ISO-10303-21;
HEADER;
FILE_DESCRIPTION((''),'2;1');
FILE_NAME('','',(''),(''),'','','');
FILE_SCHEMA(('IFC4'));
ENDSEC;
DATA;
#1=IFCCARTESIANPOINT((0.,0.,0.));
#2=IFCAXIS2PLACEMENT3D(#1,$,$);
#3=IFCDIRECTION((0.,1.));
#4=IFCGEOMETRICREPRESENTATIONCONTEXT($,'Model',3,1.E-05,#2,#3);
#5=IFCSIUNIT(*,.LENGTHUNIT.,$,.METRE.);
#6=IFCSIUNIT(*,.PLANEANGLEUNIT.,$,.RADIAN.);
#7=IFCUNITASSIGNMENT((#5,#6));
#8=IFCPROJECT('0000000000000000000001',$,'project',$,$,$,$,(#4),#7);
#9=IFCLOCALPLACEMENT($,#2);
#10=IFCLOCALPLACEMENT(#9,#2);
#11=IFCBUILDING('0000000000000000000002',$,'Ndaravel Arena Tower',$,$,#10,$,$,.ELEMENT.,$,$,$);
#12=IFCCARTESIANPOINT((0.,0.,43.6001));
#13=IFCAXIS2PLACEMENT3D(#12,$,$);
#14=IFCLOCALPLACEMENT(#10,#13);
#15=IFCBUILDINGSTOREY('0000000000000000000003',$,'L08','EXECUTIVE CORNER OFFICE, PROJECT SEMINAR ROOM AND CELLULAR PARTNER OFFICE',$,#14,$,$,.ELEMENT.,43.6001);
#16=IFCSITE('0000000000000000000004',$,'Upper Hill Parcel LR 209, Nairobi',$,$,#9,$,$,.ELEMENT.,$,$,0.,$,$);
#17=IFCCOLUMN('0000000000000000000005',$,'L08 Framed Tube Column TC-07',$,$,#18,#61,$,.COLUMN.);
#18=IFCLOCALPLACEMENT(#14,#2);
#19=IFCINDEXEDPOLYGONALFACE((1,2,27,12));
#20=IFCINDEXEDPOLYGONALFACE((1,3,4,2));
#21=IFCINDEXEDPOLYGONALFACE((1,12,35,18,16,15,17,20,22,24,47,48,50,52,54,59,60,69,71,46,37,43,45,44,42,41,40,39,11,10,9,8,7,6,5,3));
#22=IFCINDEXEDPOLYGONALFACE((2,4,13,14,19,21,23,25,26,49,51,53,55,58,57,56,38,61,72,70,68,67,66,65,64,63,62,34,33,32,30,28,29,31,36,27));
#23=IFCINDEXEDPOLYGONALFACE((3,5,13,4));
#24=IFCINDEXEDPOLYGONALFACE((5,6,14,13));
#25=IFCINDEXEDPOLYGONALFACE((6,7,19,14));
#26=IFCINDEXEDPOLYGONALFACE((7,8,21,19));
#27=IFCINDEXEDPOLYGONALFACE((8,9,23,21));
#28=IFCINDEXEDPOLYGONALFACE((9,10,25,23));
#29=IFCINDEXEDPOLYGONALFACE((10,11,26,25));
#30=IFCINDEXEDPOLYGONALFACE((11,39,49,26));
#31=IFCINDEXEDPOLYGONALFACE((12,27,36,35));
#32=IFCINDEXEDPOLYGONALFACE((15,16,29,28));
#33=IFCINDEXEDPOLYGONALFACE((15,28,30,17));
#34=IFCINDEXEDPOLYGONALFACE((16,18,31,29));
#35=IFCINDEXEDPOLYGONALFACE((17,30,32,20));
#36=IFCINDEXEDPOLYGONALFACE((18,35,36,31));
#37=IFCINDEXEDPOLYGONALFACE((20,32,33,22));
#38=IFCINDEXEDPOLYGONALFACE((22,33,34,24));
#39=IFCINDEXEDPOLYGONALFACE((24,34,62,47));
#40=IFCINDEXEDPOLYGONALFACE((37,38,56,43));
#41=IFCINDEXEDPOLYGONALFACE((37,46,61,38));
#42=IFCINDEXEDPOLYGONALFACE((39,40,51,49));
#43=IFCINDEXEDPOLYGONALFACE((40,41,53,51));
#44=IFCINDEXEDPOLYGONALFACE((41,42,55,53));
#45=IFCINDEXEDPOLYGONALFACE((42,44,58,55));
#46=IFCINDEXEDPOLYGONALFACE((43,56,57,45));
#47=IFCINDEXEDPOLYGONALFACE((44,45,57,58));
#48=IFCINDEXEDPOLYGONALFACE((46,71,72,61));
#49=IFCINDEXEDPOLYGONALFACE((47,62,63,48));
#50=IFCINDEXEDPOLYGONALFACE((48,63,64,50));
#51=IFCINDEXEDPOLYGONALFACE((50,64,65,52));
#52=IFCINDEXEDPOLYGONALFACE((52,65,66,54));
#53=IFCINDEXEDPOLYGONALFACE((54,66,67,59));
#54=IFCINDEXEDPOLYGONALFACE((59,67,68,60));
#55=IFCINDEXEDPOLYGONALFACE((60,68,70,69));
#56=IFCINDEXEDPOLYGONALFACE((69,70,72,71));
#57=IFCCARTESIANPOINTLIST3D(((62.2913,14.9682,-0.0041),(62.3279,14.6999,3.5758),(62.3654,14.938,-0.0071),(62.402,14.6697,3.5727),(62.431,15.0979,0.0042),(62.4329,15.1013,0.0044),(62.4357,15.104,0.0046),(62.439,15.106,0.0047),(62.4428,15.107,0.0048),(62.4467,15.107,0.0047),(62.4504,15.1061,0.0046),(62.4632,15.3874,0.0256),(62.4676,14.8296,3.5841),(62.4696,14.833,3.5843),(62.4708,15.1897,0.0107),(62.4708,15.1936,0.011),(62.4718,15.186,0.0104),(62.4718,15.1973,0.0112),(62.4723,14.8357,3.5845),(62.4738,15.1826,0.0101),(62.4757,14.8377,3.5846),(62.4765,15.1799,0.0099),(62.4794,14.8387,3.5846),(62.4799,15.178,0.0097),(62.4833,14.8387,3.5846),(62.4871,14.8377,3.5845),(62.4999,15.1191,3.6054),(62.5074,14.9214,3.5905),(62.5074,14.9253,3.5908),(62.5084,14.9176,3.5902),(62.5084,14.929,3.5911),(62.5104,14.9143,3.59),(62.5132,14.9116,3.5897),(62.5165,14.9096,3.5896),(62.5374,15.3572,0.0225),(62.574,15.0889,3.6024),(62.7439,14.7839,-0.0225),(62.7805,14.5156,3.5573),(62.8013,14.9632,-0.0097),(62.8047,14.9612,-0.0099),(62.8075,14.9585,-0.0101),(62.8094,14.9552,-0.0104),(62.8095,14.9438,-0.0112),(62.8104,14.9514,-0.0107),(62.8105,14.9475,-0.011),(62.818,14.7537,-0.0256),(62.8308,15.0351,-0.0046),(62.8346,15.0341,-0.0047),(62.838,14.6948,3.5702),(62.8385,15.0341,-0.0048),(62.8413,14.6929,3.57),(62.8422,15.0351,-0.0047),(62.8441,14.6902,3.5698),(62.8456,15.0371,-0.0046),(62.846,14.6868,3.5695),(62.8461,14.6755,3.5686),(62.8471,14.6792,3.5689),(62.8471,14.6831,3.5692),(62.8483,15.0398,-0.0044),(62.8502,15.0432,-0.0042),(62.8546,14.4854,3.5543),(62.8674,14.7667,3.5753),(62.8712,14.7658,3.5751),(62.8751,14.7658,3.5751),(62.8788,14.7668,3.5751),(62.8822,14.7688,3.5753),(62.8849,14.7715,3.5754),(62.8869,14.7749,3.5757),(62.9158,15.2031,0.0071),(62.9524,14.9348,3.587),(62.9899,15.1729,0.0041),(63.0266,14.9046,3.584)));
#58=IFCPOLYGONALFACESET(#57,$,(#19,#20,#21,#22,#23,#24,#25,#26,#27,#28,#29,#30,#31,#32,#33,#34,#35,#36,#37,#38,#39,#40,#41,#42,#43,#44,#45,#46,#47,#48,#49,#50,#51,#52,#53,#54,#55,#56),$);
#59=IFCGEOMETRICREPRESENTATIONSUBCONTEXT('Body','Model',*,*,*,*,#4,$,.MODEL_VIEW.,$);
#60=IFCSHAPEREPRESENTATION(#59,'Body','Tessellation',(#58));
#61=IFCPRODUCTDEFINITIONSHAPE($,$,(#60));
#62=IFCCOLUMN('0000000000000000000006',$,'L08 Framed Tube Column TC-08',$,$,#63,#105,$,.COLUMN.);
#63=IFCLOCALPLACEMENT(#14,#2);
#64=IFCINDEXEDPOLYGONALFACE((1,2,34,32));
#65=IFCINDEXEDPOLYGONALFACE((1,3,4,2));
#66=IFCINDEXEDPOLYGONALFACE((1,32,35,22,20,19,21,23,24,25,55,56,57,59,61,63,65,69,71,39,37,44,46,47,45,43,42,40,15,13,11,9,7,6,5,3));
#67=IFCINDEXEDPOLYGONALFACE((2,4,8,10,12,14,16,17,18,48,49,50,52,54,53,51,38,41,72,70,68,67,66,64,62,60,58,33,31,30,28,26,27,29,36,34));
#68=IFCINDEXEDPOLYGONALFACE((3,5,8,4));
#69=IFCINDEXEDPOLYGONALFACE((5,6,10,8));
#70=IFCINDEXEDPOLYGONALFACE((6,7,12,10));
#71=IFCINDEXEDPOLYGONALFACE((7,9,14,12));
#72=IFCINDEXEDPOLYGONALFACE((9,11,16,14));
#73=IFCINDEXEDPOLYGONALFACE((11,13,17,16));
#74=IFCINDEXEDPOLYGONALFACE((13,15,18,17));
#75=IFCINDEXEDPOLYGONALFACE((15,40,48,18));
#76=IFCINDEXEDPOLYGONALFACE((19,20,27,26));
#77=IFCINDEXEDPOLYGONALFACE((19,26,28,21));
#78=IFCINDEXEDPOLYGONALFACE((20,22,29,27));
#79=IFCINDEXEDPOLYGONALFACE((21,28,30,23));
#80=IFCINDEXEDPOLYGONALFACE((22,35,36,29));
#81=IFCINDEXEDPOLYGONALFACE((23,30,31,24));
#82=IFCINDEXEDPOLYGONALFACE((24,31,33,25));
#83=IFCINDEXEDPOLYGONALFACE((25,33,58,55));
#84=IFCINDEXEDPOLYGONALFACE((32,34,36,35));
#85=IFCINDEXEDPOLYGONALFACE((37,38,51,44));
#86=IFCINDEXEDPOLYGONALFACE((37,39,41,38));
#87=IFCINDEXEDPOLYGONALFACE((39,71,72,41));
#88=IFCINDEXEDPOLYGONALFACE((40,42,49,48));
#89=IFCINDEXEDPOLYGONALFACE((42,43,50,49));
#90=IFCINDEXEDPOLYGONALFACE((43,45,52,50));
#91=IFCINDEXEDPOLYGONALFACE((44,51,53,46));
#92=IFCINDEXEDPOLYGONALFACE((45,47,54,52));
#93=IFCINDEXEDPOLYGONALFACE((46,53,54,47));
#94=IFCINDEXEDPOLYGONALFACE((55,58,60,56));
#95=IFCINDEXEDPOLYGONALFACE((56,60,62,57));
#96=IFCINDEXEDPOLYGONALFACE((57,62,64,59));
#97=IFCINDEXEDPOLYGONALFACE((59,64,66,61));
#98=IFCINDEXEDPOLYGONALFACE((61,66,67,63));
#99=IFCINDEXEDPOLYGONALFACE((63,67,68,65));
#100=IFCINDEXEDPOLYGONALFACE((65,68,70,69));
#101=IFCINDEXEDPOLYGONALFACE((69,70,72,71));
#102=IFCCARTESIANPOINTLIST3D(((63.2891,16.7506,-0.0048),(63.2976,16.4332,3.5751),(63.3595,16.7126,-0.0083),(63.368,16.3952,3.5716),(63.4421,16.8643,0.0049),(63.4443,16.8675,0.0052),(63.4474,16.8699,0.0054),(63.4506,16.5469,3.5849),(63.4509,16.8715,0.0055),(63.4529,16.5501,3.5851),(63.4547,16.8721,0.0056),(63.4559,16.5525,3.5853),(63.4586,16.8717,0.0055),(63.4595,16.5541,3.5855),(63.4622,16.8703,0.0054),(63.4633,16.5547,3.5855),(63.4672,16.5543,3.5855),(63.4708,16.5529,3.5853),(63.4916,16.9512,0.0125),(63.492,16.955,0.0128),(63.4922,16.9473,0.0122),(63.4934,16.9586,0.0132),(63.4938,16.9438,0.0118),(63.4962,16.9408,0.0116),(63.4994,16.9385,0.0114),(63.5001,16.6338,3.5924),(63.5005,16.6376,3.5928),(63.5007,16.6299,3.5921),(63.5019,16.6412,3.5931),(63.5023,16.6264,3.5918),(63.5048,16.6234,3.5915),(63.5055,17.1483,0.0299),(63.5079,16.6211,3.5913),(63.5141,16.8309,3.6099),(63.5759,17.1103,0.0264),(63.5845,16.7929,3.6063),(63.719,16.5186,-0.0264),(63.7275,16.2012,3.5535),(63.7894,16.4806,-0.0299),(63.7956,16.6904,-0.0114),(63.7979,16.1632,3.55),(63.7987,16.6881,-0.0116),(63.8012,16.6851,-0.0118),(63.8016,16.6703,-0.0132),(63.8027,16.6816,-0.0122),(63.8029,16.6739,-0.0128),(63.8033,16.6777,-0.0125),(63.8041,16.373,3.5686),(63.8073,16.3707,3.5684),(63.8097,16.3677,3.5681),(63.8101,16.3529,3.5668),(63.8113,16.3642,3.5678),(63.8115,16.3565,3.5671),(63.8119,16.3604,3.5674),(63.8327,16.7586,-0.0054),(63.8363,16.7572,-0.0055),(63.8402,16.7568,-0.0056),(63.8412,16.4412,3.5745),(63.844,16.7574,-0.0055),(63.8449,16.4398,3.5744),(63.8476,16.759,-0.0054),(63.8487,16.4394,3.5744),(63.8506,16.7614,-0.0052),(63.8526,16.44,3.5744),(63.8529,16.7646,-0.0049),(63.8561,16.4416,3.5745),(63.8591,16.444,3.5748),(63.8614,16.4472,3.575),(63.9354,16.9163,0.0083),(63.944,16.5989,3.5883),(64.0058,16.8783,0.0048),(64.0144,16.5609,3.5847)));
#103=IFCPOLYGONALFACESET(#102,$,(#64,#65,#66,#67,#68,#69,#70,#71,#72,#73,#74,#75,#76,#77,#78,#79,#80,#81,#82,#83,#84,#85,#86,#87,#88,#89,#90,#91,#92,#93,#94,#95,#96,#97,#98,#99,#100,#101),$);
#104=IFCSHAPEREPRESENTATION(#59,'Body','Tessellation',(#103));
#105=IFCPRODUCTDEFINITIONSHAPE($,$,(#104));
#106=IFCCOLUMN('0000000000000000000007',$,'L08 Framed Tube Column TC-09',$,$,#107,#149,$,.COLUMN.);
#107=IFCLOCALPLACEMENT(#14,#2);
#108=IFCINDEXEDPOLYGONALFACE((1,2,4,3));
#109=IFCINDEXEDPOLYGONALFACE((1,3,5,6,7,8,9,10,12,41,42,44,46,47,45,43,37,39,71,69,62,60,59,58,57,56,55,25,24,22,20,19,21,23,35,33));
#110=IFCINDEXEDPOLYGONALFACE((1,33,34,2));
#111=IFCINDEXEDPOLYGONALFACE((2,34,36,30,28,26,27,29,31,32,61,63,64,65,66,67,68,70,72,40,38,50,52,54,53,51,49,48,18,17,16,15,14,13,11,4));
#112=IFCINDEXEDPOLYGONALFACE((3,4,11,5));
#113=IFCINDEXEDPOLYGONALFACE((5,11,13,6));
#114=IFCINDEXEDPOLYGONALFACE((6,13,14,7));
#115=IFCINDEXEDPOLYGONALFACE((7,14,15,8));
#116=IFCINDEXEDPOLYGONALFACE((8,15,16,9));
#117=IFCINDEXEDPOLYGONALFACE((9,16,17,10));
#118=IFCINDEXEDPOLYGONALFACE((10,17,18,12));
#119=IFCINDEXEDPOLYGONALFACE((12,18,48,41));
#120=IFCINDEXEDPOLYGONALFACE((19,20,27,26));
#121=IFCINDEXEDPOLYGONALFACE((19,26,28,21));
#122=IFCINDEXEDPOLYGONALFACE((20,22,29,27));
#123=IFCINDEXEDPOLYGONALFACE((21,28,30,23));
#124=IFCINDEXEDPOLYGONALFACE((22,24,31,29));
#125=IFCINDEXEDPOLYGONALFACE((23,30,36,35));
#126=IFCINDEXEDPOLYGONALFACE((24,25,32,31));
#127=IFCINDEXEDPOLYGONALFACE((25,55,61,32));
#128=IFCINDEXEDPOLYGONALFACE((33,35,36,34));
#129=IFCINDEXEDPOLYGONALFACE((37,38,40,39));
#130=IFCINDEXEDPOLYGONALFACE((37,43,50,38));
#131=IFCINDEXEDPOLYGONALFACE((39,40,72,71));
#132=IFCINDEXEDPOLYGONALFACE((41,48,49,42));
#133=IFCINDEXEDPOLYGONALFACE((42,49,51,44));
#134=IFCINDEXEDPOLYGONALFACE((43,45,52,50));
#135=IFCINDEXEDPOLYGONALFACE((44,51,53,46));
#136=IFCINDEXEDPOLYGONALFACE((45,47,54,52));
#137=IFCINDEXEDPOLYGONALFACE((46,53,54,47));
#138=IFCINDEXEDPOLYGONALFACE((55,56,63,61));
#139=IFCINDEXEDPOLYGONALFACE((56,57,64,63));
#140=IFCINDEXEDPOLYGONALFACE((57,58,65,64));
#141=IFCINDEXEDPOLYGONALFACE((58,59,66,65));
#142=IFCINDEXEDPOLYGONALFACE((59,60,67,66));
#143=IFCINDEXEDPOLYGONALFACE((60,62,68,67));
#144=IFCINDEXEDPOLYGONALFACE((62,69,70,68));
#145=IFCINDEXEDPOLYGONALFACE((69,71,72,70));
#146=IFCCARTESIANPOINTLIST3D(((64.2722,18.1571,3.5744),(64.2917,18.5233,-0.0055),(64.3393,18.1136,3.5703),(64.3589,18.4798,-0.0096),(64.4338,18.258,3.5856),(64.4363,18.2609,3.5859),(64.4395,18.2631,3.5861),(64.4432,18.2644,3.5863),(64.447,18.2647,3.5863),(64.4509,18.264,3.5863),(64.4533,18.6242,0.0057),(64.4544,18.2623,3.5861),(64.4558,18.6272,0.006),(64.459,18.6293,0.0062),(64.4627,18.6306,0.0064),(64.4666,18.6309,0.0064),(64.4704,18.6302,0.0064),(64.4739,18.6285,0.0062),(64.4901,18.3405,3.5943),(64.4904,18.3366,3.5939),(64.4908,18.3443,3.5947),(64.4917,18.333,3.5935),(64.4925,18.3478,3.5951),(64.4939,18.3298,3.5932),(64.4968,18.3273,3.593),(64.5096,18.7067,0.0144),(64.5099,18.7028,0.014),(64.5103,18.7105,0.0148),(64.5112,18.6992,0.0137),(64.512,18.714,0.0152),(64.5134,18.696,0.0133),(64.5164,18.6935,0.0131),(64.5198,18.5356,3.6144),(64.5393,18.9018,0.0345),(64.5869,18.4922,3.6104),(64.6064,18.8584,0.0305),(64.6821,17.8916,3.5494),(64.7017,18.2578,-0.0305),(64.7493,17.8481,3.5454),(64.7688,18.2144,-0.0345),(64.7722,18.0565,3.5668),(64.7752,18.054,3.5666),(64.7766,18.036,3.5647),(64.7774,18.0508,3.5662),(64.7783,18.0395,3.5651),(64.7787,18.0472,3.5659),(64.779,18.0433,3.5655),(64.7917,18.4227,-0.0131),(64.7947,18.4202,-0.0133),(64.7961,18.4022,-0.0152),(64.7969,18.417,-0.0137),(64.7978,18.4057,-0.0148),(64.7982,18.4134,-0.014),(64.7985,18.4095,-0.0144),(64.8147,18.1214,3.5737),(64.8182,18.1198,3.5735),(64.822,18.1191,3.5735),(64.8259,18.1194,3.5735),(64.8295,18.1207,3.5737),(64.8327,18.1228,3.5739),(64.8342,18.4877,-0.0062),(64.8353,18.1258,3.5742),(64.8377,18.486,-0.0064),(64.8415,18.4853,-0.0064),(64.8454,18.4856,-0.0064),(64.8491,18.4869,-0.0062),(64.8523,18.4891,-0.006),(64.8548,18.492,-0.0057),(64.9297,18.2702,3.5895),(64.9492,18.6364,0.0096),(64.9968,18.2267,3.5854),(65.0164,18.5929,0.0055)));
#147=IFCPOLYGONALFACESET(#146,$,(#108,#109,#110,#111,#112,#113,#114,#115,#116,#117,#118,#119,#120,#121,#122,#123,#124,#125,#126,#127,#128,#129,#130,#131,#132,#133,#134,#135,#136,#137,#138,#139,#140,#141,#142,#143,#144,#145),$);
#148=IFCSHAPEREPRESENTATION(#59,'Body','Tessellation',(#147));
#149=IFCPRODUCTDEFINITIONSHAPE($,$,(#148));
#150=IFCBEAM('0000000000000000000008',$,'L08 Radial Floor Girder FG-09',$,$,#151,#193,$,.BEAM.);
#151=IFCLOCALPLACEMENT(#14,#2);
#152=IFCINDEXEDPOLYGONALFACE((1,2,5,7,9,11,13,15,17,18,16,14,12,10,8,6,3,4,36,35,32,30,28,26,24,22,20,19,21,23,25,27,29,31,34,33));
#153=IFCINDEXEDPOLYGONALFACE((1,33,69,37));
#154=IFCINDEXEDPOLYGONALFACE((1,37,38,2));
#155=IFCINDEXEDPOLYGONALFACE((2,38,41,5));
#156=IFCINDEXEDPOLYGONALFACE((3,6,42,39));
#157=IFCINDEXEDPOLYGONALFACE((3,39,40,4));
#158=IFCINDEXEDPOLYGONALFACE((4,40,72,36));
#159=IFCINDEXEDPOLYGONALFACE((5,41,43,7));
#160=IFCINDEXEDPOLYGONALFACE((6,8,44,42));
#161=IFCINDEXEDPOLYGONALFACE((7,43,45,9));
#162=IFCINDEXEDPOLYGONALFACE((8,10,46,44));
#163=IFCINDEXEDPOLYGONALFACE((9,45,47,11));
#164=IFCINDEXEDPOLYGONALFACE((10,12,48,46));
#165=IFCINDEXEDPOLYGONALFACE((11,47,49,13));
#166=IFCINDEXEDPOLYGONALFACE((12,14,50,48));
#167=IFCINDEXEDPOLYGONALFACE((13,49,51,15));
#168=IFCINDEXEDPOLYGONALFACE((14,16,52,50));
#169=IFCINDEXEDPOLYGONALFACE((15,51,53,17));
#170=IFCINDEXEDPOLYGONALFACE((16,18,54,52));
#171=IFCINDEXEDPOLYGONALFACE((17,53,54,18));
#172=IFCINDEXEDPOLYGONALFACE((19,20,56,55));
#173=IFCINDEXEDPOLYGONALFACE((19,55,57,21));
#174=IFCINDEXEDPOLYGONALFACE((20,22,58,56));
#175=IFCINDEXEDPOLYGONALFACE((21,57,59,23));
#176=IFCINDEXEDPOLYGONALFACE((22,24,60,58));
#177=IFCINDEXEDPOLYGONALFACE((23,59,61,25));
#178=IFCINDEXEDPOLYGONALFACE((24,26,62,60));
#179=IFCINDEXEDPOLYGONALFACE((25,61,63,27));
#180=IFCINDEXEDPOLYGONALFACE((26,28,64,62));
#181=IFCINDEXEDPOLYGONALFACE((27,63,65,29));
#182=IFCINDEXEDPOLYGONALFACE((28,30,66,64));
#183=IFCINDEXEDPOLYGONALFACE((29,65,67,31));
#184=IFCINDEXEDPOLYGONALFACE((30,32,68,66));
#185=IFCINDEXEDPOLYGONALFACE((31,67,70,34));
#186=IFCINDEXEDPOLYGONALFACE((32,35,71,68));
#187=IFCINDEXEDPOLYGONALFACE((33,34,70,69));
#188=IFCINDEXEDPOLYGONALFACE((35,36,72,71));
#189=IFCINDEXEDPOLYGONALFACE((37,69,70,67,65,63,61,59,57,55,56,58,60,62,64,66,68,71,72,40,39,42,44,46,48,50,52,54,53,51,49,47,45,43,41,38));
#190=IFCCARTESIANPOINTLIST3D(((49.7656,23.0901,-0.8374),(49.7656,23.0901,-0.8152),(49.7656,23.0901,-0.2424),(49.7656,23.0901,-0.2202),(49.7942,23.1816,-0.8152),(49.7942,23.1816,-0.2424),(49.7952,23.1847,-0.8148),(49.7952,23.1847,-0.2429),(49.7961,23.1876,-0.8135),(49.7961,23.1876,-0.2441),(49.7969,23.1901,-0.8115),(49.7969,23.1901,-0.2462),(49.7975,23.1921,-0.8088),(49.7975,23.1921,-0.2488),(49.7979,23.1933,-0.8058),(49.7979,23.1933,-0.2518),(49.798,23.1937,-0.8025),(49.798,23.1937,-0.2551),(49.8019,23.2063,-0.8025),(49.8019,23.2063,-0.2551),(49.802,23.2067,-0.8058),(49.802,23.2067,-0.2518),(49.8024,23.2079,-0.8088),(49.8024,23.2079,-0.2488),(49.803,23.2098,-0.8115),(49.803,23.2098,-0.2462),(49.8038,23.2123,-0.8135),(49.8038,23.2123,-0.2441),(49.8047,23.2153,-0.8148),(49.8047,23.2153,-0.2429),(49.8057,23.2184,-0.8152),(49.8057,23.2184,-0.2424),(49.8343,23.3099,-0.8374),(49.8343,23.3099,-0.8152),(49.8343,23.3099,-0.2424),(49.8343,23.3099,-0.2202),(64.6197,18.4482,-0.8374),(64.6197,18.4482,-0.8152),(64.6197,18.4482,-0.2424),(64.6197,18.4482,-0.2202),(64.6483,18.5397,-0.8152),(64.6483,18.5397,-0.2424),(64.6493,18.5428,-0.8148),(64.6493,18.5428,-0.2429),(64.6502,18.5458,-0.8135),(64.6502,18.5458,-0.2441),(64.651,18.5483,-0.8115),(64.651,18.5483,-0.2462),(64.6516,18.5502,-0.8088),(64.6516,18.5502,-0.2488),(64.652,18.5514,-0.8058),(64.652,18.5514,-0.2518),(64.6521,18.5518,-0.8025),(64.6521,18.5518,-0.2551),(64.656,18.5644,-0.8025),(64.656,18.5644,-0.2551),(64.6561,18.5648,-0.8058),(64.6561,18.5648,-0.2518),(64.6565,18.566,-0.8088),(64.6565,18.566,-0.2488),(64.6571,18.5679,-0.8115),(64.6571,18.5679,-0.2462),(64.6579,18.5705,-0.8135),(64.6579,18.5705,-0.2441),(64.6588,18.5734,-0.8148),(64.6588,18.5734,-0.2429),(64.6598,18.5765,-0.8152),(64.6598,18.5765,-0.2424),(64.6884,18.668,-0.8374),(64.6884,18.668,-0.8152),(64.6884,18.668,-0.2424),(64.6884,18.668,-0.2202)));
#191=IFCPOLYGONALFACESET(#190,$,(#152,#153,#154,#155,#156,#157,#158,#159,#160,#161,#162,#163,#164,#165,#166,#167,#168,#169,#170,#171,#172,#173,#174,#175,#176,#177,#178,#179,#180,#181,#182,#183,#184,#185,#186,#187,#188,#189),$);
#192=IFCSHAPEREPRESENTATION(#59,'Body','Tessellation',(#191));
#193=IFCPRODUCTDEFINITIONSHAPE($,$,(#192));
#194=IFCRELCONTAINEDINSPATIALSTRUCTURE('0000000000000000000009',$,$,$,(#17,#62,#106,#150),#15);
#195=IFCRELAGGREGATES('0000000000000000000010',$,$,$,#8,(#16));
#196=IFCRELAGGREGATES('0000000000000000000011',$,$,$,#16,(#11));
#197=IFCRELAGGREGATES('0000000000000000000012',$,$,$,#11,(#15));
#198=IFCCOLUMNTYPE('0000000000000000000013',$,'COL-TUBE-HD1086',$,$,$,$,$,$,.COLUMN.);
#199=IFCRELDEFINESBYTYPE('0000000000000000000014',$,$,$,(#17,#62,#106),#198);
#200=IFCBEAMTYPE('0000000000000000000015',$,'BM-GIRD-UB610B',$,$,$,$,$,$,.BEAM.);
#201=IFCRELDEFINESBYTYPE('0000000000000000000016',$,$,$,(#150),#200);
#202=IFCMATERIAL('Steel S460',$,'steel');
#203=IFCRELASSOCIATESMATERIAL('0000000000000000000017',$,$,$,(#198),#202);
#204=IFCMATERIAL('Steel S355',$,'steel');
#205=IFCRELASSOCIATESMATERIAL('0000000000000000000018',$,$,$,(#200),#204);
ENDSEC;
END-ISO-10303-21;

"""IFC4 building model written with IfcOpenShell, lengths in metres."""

from ifc_helpers import new_model, si_unit, direction, frame, origin, origin_2d, place, context, subcontext, project, spatial, i_section, extrude, material, material_profile, profile_set, type_object, element, save


model = new_model("IFC4")

# Units and contexts
model_context = context("Model", 3, precision=1e-05, world=origin(), true_north=direction((0.0, 1.0)))
body_context = subcontext(model_context, "Body", "Model", "MODEL_VIEW")
ifc_project = project(units=[si_unit("LENGTHUNIT", "METRE"), si_unit("PLANEANGLEUNIT", "RADIAN")], contexts=[model_context])

# Site, building, storey
site_placement = place(None, origin())
site = spatial("IfcSite", under=ifc_project, at=site_placement, Name="Upper Hill Parcel LR 209, Nairobi", CompositionType="ELEMENT", RefElevation=0.0)
building_placement = place(site_placement, origin())
building = spatial("IfcBuilding", under=site, at=building_placement, Name="Ndaravel Arena Tower", CompositionType="ELEMENT")
storey_placement = place(building_placement, frame((0.0, 0.0, 43.6001)))
storey = spatial("IfcBuildingStorey", under=building, at=storey_placement, Name="L08", Description="EXECUTIVE CORNER OFFICE, PROJECT SEMINAR ROOM AND CELLULAR PARTNER OFFICE", CompositionType="ELEMENT", Elevation=43.6001)

# Columns
ifc_material_1 = material(Name="Steel S460", Category="steel")
ifc_material_profile_1 = material_profile(ifc_material_1, i_section(OverallWidth=0.4541, OverallDepth=0.5691, WebThickness=0.0779, FlangeThickness=0.0801, FilletRadius=0.0149, at=origin_2d()), Name="HD 400x1086")
ifc_profile_set_1 = profile_set([ifc_material_profile_1], Name="Steel S460")
column_type = type_object("IfcColumnType", Name="COL-TUBE-HD1086", PredefinedType="COLUMN", material=ifc_profile_set_1)
column_1_placement = place(storey_placement, frame((62.6406, 15.0706, 0.0), z_axis=(0.010201, -0.074737, 0.997151), x_axis=(0.378625, 0.923242, 0.065324)))
element("IfcColumn", 1, at=column_1_placement, inside=storey, type_object=column_type, Name="L08 Framed Tube Column TC-07", PredefinedType="COLUMN", context=body_context, shape_type="SweptSolid", body=[
    extrude(i_section(OverallWidth=0.4541, OverallDepth=0.5691, WebThickness=0.0779, FlangeThickness=0.0801, FilletRadius=0.0149, at=origin_2d()), origin(), (0.0, 0.0, 1.0), 3.5901),
])
column_2_placement = place(storey_placement, frame((63.6475, 16.8145, 0.0), z_axis=(0.002378, -0.088312, 0.99609), x_axis=(0.476602, 0.875783, 0.076508)))
element("IfcColumn", 2, at=column_2_placement, inside=storey, type_object=column_type, Name="L08 Framed Tube Column TC-08", PredefinedType="COLUMN", context=body_context, shape_type="SweptSolid", body=[
    extrude(i_section(OverallWidth=0.4541, OverallDepth=0.5691, WebThickness=0.0779, FlangeThickness=0.0801, FilletRadius=0.0149, at=origin_2d()), origin(), (0.0, 0.0, 1.0), 3.594),
])
column_3_placement = place(storey_placement, frame((64.6541, 18.5581, 0.0), z_axis=(-0.005428, -0.101766, 0.994794), x_axis=(0.545173, 0.833665, 0.088257)))
element("IfcColumn", 3, at=column_3_placement, inside=storey, type_object=column_type, Name="L08 Framed Tube Column TC-09", PredefinedType="COLUMN", context=body_context, shape_type="SweptSolid", body=[
    extrude(i_section(OverallWidth=0.4541, OverallDepth=0.5691, WebThickness=0.0779, FlangeThickness=0.0801, FilletRadius=0.0149, at=origin_2d()), origin(), (0.0, 0.0, 1.0), 3.5986),
])

# Beam
ifc_material_2 = material(Name="Steel S355", Category="steel")
ifc_material_profile_2 = material_profile(ifc_material_2, i_section(OverallWidth=0.2302, OverallDepth=0.6172, WebThickness=0.0132, FlangeThickness=0.0222, FilletRadius=0.0127, at=origin_2d()), Name="UB 610x229x140")
ifc_profile_set_2 = profile_set([ifc_material_profile_2], Name="Steel S355")
beam_type_1 = type_object("IfcBeamType", Name="BM-GIRD-UB610B", PredefinedType="BEAM", material=ifc_profile_set_2)
beam_1_placement = place(storey_placement, frame((64.6541, 18.5581, -0.5288), z_axis=(-0.954481, 0.298273, 0.0), x_axis=(-0.298273, -0.954481, 0.0)))
element("IfcBeam", 4, at=beam_1_placement, inside=storey, type_object=beam_type_1, Name="L08 Radial Floor Girder FG-09", PredefinedType="BEAM", context=body_context, shape_type="SweptSolid", body=[
    extrude(i_section(OverallWidth=0.2302, OverallDepth=0.6172, WebThickness=0.0132, FlangeThickness=0.0222, FilletRadius=0.0127, at=origin_2d()), origin(), (0.0, 0.0, 1.0), 15.5625),
])

save(model, "model.ifc")
